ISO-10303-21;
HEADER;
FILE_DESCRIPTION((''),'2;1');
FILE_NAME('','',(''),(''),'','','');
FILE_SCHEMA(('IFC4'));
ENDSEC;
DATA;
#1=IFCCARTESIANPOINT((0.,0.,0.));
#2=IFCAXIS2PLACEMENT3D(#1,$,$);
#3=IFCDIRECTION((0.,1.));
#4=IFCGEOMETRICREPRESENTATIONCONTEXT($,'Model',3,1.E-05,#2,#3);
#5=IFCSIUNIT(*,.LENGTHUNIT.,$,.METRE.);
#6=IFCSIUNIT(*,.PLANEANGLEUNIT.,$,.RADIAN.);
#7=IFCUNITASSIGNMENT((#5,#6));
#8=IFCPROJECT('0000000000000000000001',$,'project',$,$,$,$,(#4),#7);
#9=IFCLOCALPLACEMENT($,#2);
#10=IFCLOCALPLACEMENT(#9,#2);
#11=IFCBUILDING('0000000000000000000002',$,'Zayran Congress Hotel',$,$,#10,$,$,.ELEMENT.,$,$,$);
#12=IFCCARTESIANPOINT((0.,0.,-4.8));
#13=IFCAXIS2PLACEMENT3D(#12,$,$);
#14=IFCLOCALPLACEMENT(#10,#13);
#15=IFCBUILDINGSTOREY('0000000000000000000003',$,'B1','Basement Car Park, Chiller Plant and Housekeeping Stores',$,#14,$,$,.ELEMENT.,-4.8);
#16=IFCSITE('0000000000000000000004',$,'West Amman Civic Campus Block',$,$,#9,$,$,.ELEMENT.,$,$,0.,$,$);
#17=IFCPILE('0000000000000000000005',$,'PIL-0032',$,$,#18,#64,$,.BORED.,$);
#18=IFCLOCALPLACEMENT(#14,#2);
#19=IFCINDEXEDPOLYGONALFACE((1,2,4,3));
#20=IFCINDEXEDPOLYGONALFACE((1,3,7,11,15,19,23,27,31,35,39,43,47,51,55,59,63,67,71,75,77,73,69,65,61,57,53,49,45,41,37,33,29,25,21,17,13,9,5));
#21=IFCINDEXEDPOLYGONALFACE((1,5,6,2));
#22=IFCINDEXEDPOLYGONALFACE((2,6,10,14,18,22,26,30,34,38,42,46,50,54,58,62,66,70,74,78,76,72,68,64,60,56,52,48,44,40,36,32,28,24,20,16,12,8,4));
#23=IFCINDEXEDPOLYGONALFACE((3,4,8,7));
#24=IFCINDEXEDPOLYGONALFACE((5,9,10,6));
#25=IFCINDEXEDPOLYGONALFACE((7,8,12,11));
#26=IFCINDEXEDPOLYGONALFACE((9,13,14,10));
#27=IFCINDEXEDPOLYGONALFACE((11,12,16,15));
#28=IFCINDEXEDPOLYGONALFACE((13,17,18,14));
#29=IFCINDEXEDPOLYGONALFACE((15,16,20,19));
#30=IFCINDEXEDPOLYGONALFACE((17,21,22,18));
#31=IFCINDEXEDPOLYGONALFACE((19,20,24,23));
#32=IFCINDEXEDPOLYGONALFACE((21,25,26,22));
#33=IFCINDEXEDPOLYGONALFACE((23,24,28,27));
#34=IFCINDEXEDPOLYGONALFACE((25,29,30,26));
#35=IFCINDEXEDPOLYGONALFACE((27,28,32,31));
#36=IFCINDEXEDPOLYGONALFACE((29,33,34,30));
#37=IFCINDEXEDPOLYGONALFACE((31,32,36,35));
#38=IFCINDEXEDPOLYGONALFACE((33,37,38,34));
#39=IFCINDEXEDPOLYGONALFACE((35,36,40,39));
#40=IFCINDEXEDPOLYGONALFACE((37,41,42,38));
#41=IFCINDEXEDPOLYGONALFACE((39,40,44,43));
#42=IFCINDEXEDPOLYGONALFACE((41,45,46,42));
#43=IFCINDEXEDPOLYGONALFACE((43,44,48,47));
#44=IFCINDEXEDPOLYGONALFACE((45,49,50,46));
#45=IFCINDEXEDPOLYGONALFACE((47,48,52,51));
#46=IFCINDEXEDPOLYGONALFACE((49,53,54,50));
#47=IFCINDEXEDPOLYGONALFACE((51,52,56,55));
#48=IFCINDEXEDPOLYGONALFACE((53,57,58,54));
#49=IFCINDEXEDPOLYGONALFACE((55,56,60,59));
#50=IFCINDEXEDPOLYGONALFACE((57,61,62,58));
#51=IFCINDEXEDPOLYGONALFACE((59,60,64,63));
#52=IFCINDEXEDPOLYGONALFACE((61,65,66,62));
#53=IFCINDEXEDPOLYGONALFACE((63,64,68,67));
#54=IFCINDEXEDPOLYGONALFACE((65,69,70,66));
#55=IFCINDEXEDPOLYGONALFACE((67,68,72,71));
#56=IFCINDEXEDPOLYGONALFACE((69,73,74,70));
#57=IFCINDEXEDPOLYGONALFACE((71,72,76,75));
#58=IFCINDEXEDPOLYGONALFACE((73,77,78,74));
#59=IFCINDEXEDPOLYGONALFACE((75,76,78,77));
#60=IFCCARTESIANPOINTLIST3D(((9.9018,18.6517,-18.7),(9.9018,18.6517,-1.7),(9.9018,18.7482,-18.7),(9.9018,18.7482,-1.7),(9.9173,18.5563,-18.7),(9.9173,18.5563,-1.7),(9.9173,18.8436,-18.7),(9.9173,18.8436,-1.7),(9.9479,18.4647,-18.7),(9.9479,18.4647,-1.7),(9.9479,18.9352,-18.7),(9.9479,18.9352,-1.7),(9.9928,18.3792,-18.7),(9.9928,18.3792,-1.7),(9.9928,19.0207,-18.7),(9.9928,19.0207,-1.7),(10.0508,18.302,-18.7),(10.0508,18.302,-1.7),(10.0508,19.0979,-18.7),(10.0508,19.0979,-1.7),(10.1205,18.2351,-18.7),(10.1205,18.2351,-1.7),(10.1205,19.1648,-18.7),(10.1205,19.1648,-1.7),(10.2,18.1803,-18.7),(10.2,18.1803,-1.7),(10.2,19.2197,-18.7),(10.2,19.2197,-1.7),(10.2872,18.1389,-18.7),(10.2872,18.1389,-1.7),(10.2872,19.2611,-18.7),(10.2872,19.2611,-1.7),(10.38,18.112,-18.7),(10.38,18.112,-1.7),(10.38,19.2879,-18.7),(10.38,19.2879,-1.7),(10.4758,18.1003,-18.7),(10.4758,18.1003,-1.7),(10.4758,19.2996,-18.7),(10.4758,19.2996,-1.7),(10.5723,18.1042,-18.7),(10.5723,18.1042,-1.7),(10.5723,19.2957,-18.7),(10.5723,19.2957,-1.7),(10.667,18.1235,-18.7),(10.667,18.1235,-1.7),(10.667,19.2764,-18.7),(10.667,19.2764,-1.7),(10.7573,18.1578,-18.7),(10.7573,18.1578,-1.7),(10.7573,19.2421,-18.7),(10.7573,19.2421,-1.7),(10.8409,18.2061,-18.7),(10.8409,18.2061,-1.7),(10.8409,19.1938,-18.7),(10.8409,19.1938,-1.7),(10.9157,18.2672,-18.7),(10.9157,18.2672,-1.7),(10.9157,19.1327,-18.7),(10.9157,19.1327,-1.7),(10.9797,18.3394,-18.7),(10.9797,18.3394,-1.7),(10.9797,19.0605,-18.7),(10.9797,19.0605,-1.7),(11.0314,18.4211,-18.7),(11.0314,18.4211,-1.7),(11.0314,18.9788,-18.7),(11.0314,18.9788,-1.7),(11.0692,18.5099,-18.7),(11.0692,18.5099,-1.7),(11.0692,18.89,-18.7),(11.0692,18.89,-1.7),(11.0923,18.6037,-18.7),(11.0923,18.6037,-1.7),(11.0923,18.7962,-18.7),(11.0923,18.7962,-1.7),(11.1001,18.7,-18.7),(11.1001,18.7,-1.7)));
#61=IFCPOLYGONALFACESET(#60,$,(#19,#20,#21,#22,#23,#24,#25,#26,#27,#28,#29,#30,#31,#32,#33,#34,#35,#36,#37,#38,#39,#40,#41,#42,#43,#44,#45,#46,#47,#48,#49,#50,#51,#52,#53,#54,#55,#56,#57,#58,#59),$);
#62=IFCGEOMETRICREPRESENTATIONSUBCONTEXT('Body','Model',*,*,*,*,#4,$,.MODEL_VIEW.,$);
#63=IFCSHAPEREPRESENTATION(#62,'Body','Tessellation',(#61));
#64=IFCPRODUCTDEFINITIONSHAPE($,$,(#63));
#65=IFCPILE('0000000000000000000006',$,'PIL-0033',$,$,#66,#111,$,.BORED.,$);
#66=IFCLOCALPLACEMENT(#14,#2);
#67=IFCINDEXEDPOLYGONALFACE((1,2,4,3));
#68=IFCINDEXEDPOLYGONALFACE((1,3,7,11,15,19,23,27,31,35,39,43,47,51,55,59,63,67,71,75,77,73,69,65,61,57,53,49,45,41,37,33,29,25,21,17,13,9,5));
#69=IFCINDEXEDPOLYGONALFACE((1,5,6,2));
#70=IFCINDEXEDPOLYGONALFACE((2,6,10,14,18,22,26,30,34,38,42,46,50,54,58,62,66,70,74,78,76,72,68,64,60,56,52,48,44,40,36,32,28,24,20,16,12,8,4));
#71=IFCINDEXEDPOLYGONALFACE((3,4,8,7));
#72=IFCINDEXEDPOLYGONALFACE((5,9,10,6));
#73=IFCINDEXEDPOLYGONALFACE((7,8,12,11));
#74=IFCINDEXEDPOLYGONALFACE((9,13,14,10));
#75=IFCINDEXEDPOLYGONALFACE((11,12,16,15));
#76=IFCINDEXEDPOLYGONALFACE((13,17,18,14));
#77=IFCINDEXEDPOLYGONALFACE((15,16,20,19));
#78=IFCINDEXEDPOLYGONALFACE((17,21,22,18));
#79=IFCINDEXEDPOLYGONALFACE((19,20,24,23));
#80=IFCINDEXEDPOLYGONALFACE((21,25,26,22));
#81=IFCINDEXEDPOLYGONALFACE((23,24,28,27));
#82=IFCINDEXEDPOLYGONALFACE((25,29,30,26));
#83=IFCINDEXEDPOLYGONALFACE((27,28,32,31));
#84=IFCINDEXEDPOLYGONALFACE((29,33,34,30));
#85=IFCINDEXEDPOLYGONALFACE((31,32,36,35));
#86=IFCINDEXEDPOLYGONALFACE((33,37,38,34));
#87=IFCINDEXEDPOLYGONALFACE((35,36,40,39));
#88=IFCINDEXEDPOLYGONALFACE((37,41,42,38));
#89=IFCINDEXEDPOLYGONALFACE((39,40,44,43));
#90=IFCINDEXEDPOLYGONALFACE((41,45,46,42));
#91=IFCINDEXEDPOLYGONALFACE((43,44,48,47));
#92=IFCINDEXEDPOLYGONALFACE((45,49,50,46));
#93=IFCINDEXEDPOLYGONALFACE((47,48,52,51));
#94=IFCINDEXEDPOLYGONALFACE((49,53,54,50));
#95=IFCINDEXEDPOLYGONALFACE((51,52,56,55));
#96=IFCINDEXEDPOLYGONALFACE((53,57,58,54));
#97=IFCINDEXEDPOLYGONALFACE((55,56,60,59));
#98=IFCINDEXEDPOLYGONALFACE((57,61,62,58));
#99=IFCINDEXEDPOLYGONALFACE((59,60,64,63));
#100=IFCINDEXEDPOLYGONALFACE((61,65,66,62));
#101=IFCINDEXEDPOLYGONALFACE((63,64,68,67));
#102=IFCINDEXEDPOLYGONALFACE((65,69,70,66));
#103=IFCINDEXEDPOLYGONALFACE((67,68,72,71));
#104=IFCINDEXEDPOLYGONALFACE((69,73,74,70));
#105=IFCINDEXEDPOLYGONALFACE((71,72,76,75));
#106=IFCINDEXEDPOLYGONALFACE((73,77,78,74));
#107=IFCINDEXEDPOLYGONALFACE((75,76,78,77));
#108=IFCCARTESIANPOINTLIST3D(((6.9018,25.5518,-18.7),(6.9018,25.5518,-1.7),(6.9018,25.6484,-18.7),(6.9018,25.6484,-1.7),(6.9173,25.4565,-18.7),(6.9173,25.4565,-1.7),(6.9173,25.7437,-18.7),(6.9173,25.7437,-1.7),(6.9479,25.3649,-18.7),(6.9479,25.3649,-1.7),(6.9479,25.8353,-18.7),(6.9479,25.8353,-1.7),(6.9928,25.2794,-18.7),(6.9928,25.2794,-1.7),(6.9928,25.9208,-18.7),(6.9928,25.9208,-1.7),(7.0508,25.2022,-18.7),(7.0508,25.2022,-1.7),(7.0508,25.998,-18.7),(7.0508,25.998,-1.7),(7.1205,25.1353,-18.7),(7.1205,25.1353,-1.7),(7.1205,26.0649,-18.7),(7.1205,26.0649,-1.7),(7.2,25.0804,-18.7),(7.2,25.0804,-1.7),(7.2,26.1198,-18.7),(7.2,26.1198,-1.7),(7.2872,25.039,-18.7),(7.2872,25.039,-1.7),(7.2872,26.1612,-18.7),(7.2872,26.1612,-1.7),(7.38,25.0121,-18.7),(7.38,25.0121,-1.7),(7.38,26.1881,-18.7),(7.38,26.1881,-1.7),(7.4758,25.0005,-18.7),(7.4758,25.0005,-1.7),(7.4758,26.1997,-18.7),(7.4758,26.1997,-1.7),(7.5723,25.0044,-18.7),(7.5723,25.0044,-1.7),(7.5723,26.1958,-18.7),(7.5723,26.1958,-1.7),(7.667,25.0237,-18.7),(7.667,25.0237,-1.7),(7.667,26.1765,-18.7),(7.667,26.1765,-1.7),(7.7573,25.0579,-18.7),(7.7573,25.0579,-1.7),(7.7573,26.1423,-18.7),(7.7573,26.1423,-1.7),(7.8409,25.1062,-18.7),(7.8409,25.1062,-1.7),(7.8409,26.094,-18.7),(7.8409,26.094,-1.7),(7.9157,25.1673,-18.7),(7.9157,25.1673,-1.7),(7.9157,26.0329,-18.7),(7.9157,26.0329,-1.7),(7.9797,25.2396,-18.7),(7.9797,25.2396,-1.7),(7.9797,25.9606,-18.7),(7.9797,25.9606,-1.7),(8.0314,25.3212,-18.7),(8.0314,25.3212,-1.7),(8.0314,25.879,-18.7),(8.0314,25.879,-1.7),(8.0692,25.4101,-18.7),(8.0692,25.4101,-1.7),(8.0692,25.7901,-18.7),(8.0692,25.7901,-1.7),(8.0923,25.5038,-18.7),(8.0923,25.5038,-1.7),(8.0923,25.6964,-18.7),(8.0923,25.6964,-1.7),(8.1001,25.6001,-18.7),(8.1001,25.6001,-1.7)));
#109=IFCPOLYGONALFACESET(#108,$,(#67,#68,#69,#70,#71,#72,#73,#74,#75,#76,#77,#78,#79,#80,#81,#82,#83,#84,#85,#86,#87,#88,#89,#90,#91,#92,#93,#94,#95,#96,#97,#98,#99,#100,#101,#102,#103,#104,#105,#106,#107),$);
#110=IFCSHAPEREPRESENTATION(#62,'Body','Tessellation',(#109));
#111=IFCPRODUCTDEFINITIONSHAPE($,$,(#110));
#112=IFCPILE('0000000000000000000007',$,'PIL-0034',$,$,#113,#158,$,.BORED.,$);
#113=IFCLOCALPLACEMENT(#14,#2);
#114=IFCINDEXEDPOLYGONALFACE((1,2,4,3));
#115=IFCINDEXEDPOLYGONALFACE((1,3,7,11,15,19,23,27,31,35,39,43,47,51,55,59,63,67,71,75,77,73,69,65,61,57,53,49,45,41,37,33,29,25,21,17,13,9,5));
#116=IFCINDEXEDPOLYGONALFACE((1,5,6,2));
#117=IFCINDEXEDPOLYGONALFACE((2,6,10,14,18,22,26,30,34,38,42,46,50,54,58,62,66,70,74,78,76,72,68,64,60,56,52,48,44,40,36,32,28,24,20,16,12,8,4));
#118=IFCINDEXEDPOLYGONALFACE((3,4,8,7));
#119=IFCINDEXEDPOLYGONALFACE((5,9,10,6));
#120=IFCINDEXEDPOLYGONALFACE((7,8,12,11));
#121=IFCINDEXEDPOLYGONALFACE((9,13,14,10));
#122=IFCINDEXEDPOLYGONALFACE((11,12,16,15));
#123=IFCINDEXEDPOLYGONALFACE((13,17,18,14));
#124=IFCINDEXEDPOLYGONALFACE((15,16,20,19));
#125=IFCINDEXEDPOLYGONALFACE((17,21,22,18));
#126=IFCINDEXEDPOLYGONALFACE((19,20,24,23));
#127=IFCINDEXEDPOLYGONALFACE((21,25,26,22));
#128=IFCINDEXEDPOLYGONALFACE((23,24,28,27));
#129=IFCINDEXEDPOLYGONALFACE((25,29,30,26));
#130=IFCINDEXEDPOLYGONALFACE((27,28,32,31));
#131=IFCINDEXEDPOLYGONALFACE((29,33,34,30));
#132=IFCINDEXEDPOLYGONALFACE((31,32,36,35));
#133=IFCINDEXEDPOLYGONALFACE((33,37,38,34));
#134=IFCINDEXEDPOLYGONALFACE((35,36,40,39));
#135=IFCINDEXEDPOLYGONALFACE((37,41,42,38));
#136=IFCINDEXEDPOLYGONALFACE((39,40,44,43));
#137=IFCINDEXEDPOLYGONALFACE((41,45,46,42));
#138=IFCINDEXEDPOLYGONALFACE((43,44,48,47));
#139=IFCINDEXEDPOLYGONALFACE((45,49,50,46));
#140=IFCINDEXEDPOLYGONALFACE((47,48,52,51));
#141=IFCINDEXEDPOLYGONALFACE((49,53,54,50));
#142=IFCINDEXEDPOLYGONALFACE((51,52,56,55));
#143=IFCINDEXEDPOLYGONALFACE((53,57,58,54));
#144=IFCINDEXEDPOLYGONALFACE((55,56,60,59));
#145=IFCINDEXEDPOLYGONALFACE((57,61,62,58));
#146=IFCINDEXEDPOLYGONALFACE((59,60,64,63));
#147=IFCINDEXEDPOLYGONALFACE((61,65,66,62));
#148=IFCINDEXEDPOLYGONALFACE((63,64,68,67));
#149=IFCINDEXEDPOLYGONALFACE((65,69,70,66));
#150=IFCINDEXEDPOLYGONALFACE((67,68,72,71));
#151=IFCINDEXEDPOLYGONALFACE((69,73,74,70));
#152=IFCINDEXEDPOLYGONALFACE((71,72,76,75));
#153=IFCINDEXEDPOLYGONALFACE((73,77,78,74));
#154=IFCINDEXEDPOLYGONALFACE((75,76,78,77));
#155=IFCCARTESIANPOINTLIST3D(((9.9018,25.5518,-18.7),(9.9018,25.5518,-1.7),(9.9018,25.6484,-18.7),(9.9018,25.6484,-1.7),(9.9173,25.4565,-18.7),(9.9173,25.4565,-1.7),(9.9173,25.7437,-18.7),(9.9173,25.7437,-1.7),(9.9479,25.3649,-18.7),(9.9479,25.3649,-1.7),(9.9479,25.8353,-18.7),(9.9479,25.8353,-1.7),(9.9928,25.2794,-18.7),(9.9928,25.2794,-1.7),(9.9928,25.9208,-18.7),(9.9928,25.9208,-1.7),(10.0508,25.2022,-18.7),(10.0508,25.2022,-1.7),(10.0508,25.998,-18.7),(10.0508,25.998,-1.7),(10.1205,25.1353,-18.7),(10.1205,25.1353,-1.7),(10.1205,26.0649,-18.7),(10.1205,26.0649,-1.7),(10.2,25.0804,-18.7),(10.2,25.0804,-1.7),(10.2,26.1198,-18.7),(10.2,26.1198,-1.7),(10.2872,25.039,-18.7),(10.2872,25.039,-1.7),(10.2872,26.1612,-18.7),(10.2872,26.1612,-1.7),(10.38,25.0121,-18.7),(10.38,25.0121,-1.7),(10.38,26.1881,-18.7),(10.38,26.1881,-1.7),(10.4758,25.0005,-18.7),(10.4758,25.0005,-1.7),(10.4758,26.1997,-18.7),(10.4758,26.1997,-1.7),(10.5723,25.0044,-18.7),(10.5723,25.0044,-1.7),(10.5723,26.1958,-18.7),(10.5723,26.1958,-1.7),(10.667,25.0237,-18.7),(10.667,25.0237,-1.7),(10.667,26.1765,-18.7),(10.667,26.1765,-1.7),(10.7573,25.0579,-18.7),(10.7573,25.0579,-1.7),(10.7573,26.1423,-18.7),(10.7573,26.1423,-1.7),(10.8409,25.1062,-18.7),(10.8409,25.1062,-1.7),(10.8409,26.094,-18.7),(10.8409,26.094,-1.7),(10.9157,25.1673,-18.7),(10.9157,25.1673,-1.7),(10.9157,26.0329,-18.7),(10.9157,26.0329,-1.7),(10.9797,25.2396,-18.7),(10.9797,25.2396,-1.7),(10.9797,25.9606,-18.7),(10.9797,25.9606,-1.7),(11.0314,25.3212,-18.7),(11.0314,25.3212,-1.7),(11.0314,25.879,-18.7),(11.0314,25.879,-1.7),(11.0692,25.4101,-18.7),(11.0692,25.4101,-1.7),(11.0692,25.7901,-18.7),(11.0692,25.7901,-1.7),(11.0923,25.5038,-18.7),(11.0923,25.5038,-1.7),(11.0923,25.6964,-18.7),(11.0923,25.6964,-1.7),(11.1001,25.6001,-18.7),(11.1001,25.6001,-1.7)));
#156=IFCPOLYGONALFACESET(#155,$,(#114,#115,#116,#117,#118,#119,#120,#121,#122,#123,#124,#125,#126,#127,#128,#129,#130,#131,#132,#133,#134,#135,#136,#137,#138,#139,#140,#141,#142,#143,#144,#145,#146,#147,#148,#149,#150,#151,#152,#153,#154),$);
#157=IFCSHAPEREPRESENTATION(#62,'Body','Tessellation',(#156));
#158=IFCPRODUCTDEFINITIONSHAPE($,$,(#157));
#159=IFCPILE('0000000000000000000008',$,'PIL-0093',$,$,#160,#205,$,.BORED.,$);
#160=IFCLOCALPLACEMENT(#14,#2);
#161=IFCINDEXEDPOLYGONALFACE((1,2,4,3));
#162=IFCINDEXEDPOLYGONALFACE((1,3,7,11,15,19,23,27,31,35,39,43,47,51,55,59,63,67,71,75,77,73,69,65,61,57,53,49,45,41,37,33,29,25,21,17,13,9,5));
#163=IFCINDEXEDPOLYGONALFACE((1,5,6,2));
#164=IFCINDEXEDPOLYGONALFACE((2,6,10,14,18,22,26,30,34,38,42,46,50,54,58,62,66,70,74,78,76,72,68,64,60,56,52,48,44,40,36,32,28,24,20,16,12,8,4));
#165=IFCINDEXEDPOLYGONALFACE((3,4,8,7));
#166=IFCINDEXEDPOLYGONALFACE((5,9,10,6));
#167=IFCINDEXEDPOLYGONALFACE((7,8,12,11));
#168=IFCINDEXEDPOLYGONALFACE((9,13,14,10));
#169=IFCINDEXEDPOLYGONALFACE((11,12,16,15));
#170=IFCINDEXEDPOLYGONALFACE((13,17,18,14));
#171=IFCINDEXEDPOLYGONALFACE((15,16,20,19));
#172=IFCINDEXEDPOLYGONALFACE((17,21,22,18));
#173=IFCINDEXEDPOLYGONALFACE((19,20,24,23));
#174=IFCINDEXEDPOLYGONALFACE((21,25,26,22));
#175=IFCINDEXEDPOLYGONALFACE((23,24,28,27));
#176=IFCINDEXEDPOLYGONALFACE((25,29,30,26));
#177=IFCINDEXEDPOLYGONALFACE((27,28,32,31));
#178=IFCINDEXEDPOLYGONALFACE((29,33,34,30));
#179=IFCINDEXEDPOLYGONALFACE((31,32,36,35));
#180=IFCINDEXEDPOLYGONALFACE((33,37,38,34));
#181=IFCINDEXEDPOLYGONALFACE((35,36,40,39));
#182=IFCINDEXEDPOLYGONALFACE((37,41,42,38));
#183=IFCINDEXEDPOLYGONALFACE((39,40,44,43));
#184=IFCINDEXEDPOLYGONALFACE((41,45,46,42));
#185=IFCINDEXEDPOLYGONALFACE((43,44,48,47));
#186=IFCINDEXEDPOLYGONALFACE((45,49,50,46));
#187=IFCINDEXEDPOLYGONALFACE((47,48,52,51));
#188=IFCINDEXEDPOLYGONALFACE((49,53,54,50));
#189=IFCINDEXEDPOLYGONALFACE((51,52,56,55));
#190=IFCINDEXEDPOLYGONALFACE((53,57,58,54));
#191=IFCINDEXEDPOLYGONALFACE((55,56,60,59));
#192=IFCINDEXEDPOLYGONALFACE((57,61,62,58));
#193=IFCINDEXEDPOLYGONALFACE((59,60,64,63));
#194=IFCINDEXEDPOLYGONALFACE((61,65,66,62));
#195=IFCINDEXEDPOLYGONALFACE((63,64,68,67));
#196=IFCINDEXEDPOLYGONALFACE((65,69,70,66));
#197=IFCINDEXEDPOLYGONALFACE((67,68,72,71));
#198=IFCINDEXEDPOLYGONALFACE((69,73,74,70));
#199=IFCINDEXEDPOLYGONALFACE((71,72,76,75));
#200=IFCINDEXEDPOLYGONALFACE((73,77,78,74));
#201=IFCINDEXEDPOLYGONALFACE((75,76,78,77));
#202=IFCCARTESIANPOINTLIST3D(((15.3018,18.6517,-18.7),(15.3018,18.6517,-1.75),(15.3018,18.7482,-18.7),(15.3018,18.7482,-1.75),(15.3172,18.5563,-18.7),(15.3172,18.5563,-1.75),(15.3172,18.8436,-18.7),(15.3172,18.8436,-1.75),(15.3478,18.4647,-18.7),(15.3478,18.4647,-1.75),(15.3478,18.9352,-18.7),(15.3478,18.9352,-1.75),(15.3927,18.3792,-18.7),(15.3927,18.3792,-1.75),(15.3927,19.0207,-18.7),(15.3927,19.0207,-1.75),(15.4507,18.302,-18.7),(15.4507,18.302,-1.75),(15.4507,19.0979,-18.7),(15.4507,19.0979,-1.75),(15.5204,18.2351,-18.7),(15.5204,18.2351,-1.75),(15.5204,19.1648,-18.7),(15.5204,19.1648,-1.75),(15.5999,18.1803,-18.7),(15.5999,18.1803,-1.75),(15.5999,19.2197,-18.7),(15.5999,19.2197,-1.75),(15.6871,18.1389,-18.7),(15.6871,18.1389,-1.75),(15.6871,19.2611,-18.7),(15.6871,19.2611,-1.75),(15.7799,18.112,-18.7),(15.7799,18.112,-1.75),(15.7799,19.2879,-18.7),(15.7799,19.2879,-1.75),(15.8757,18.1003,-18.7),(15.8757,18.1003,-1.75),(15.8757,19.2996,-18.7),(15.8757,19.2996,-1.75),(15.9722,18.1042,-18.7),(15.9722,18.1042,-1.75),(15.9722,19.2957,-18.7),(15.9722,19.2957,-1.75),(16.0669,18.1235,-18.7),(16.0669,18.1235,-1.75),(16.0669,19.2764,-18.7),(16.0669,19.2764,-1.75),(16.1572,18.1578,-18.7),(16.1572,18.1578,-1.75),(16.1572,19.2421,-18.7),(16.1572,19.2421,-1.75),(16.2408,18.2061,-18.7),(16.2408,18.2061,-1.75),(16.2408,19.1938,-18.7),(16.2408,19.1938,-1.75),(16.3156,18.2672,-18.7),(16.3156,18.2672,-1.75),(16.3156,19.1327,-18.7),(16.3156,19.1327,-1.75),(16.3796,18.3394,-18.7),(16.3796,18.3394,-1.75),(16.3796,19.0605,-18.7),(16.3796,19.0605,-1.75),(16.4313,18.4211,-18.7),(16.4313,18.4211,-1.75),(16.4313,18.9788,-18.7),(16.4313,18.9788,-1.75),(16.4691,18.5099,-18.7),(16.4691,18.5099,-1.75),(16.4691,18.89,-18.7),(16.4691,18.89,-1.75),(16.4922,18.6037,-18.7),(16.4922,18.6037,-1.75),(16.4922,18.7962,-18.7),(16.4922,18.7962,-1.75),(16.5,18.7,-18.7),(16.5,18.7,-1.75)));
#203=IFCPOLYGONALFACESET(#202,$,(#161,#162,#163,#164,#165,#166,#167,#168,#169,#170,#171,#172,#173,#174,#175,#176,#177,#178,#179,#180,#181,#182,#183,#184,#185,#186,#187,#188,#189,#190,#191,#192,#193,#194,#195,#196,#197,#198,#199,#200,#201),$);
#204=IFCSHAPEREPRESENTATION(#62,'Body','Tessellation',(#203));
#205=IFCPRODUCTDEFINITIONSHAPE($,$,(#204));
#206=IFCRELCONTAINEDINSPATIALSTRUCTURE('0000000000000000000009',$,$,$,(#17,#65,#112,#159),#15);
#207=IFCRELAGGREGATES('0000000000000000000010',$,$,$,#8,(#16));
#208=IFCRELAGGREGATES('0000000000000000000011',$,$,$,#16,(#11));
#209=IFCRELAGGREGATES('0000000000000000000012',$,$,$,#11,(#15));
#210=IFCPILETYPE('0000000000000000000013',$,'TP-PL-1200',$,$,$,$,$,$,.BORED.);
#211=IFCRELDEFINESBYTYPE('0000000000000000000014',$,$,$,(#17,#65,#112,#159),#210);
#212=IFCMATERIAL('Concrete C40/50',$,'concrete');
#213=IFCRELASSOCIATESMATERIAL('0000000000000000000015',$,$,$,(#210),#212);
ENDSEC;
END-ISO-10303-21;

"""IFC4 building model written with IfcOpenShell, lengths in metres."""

from ifc_helpers import new_model, si_unit, direction, frame, origin, origin_2d, place, context, subcontext, project, spatial, circle, extrude, material, material_profile, profile_set, type_object, element, save


model = new_model("IFC4")

# Units and contexts
model_context = context("Model", 3, precision=1e-05, world=origin(), true_north=direction((0.0, 1.0)))
body_context = subcontext(model_context, "Body", "Model", "MODEL_VIEW")
ifc_project = project(units=[si_unit("LENGTHUNIT", "METRE"), si_unit("PLANEANGLEUNIT", "RADIAN")], contexts=[model_context])

# Site, building, storey
site_placement = place(None, origin())
site = spatial("IfcSite", under=ifc_project, at=site_placement, Name="West Amman Civic Campus Block", CompositionType="ELEMENT", RefElevation=0.0)
building_placement = place(site_placement, origin())
building = spatial("IfcBuilding", under=site, at=building_placement, Name="Zayran Congress Hotel", CompositionType="ELEMENT")
storey_placement = place(building_placement, frame((0.0, 0.0, -4.8)))
storey = spatial("IfcBuildingStorey", under=building, at=storey_placement, Name="B1", Description="Basement Car Park, Chiller Plant and Housekeeping Stores", CompositionType="ELEMENT", Elevation=-4.8)

# Piles
ifc_material_1 = material(Name="Concrete C40/50", Category="concrete")
ifc_material_profile_1 = material_profile(ifc_material_1, circle(Radius=0.6001, at=origin_2d()), Name="PILE D1200")
ifc_profile_set_1 = profile_set([ifc_material_profile_1], Name="Concrete C40/50")
pile_type = type_object("IfcPileType", Name="TP-PL-1200", PredefinedType="BORED", material=ifc_profile_set_1)
for number, where, z_axis, x_axis, name in (
    (1, (10.5, 18.7, -1.7), (0.0, 0.0, -1.0), (1.0, 0.0, 0.0), "PIL-0032"),
    (2, (7.5, 25.6001, -1.7), (0.0, 0.0, -1.0), (1.0, 0.0, 0.0), "PIL-0033"),
    (3, (10.5, 25.6001, -1.7), (0.0, 0.0, -1.0), (1.0, 0.0, 0.0), "PIL-0034"),
):
    element("IfcPile", number, at=place(storey_placement, frame(where, z_axis=z_axis, x_axis=x_axis)), inside=storey, type_object=pile_type, Name=name, PredefinedType="BORED", context=body_context, shape_type="SweptSolid", body=[
        extrude(circle(Radius=0.6001, at=origin_2d()), origin(), (0.0, 0.0, 1.0), 17.0),
    ])
for number, where, z_axis, x_axis, name in (
    (4, (15.8999, 18.7, -1.75), (0.0, 0.0, -1.0), (1.0, 0.0, 0.0), "PIL-0093"),
):
    element("IfcPile", number, at=place(storey_placement, frame(where, z_axis=z_axis, x_axis=x_axis)), inside=storey, type_object=pile_type, Name=name, PredefinedType="BORED", context=body_context, shape_type="SweptSolid", body=[
        extrude(circle(Radius=0.6001, at=origin_2d()), origin(), (0.0, 0.0, 1.0), 16.95),
    ])

save(model, "model.ifc")
